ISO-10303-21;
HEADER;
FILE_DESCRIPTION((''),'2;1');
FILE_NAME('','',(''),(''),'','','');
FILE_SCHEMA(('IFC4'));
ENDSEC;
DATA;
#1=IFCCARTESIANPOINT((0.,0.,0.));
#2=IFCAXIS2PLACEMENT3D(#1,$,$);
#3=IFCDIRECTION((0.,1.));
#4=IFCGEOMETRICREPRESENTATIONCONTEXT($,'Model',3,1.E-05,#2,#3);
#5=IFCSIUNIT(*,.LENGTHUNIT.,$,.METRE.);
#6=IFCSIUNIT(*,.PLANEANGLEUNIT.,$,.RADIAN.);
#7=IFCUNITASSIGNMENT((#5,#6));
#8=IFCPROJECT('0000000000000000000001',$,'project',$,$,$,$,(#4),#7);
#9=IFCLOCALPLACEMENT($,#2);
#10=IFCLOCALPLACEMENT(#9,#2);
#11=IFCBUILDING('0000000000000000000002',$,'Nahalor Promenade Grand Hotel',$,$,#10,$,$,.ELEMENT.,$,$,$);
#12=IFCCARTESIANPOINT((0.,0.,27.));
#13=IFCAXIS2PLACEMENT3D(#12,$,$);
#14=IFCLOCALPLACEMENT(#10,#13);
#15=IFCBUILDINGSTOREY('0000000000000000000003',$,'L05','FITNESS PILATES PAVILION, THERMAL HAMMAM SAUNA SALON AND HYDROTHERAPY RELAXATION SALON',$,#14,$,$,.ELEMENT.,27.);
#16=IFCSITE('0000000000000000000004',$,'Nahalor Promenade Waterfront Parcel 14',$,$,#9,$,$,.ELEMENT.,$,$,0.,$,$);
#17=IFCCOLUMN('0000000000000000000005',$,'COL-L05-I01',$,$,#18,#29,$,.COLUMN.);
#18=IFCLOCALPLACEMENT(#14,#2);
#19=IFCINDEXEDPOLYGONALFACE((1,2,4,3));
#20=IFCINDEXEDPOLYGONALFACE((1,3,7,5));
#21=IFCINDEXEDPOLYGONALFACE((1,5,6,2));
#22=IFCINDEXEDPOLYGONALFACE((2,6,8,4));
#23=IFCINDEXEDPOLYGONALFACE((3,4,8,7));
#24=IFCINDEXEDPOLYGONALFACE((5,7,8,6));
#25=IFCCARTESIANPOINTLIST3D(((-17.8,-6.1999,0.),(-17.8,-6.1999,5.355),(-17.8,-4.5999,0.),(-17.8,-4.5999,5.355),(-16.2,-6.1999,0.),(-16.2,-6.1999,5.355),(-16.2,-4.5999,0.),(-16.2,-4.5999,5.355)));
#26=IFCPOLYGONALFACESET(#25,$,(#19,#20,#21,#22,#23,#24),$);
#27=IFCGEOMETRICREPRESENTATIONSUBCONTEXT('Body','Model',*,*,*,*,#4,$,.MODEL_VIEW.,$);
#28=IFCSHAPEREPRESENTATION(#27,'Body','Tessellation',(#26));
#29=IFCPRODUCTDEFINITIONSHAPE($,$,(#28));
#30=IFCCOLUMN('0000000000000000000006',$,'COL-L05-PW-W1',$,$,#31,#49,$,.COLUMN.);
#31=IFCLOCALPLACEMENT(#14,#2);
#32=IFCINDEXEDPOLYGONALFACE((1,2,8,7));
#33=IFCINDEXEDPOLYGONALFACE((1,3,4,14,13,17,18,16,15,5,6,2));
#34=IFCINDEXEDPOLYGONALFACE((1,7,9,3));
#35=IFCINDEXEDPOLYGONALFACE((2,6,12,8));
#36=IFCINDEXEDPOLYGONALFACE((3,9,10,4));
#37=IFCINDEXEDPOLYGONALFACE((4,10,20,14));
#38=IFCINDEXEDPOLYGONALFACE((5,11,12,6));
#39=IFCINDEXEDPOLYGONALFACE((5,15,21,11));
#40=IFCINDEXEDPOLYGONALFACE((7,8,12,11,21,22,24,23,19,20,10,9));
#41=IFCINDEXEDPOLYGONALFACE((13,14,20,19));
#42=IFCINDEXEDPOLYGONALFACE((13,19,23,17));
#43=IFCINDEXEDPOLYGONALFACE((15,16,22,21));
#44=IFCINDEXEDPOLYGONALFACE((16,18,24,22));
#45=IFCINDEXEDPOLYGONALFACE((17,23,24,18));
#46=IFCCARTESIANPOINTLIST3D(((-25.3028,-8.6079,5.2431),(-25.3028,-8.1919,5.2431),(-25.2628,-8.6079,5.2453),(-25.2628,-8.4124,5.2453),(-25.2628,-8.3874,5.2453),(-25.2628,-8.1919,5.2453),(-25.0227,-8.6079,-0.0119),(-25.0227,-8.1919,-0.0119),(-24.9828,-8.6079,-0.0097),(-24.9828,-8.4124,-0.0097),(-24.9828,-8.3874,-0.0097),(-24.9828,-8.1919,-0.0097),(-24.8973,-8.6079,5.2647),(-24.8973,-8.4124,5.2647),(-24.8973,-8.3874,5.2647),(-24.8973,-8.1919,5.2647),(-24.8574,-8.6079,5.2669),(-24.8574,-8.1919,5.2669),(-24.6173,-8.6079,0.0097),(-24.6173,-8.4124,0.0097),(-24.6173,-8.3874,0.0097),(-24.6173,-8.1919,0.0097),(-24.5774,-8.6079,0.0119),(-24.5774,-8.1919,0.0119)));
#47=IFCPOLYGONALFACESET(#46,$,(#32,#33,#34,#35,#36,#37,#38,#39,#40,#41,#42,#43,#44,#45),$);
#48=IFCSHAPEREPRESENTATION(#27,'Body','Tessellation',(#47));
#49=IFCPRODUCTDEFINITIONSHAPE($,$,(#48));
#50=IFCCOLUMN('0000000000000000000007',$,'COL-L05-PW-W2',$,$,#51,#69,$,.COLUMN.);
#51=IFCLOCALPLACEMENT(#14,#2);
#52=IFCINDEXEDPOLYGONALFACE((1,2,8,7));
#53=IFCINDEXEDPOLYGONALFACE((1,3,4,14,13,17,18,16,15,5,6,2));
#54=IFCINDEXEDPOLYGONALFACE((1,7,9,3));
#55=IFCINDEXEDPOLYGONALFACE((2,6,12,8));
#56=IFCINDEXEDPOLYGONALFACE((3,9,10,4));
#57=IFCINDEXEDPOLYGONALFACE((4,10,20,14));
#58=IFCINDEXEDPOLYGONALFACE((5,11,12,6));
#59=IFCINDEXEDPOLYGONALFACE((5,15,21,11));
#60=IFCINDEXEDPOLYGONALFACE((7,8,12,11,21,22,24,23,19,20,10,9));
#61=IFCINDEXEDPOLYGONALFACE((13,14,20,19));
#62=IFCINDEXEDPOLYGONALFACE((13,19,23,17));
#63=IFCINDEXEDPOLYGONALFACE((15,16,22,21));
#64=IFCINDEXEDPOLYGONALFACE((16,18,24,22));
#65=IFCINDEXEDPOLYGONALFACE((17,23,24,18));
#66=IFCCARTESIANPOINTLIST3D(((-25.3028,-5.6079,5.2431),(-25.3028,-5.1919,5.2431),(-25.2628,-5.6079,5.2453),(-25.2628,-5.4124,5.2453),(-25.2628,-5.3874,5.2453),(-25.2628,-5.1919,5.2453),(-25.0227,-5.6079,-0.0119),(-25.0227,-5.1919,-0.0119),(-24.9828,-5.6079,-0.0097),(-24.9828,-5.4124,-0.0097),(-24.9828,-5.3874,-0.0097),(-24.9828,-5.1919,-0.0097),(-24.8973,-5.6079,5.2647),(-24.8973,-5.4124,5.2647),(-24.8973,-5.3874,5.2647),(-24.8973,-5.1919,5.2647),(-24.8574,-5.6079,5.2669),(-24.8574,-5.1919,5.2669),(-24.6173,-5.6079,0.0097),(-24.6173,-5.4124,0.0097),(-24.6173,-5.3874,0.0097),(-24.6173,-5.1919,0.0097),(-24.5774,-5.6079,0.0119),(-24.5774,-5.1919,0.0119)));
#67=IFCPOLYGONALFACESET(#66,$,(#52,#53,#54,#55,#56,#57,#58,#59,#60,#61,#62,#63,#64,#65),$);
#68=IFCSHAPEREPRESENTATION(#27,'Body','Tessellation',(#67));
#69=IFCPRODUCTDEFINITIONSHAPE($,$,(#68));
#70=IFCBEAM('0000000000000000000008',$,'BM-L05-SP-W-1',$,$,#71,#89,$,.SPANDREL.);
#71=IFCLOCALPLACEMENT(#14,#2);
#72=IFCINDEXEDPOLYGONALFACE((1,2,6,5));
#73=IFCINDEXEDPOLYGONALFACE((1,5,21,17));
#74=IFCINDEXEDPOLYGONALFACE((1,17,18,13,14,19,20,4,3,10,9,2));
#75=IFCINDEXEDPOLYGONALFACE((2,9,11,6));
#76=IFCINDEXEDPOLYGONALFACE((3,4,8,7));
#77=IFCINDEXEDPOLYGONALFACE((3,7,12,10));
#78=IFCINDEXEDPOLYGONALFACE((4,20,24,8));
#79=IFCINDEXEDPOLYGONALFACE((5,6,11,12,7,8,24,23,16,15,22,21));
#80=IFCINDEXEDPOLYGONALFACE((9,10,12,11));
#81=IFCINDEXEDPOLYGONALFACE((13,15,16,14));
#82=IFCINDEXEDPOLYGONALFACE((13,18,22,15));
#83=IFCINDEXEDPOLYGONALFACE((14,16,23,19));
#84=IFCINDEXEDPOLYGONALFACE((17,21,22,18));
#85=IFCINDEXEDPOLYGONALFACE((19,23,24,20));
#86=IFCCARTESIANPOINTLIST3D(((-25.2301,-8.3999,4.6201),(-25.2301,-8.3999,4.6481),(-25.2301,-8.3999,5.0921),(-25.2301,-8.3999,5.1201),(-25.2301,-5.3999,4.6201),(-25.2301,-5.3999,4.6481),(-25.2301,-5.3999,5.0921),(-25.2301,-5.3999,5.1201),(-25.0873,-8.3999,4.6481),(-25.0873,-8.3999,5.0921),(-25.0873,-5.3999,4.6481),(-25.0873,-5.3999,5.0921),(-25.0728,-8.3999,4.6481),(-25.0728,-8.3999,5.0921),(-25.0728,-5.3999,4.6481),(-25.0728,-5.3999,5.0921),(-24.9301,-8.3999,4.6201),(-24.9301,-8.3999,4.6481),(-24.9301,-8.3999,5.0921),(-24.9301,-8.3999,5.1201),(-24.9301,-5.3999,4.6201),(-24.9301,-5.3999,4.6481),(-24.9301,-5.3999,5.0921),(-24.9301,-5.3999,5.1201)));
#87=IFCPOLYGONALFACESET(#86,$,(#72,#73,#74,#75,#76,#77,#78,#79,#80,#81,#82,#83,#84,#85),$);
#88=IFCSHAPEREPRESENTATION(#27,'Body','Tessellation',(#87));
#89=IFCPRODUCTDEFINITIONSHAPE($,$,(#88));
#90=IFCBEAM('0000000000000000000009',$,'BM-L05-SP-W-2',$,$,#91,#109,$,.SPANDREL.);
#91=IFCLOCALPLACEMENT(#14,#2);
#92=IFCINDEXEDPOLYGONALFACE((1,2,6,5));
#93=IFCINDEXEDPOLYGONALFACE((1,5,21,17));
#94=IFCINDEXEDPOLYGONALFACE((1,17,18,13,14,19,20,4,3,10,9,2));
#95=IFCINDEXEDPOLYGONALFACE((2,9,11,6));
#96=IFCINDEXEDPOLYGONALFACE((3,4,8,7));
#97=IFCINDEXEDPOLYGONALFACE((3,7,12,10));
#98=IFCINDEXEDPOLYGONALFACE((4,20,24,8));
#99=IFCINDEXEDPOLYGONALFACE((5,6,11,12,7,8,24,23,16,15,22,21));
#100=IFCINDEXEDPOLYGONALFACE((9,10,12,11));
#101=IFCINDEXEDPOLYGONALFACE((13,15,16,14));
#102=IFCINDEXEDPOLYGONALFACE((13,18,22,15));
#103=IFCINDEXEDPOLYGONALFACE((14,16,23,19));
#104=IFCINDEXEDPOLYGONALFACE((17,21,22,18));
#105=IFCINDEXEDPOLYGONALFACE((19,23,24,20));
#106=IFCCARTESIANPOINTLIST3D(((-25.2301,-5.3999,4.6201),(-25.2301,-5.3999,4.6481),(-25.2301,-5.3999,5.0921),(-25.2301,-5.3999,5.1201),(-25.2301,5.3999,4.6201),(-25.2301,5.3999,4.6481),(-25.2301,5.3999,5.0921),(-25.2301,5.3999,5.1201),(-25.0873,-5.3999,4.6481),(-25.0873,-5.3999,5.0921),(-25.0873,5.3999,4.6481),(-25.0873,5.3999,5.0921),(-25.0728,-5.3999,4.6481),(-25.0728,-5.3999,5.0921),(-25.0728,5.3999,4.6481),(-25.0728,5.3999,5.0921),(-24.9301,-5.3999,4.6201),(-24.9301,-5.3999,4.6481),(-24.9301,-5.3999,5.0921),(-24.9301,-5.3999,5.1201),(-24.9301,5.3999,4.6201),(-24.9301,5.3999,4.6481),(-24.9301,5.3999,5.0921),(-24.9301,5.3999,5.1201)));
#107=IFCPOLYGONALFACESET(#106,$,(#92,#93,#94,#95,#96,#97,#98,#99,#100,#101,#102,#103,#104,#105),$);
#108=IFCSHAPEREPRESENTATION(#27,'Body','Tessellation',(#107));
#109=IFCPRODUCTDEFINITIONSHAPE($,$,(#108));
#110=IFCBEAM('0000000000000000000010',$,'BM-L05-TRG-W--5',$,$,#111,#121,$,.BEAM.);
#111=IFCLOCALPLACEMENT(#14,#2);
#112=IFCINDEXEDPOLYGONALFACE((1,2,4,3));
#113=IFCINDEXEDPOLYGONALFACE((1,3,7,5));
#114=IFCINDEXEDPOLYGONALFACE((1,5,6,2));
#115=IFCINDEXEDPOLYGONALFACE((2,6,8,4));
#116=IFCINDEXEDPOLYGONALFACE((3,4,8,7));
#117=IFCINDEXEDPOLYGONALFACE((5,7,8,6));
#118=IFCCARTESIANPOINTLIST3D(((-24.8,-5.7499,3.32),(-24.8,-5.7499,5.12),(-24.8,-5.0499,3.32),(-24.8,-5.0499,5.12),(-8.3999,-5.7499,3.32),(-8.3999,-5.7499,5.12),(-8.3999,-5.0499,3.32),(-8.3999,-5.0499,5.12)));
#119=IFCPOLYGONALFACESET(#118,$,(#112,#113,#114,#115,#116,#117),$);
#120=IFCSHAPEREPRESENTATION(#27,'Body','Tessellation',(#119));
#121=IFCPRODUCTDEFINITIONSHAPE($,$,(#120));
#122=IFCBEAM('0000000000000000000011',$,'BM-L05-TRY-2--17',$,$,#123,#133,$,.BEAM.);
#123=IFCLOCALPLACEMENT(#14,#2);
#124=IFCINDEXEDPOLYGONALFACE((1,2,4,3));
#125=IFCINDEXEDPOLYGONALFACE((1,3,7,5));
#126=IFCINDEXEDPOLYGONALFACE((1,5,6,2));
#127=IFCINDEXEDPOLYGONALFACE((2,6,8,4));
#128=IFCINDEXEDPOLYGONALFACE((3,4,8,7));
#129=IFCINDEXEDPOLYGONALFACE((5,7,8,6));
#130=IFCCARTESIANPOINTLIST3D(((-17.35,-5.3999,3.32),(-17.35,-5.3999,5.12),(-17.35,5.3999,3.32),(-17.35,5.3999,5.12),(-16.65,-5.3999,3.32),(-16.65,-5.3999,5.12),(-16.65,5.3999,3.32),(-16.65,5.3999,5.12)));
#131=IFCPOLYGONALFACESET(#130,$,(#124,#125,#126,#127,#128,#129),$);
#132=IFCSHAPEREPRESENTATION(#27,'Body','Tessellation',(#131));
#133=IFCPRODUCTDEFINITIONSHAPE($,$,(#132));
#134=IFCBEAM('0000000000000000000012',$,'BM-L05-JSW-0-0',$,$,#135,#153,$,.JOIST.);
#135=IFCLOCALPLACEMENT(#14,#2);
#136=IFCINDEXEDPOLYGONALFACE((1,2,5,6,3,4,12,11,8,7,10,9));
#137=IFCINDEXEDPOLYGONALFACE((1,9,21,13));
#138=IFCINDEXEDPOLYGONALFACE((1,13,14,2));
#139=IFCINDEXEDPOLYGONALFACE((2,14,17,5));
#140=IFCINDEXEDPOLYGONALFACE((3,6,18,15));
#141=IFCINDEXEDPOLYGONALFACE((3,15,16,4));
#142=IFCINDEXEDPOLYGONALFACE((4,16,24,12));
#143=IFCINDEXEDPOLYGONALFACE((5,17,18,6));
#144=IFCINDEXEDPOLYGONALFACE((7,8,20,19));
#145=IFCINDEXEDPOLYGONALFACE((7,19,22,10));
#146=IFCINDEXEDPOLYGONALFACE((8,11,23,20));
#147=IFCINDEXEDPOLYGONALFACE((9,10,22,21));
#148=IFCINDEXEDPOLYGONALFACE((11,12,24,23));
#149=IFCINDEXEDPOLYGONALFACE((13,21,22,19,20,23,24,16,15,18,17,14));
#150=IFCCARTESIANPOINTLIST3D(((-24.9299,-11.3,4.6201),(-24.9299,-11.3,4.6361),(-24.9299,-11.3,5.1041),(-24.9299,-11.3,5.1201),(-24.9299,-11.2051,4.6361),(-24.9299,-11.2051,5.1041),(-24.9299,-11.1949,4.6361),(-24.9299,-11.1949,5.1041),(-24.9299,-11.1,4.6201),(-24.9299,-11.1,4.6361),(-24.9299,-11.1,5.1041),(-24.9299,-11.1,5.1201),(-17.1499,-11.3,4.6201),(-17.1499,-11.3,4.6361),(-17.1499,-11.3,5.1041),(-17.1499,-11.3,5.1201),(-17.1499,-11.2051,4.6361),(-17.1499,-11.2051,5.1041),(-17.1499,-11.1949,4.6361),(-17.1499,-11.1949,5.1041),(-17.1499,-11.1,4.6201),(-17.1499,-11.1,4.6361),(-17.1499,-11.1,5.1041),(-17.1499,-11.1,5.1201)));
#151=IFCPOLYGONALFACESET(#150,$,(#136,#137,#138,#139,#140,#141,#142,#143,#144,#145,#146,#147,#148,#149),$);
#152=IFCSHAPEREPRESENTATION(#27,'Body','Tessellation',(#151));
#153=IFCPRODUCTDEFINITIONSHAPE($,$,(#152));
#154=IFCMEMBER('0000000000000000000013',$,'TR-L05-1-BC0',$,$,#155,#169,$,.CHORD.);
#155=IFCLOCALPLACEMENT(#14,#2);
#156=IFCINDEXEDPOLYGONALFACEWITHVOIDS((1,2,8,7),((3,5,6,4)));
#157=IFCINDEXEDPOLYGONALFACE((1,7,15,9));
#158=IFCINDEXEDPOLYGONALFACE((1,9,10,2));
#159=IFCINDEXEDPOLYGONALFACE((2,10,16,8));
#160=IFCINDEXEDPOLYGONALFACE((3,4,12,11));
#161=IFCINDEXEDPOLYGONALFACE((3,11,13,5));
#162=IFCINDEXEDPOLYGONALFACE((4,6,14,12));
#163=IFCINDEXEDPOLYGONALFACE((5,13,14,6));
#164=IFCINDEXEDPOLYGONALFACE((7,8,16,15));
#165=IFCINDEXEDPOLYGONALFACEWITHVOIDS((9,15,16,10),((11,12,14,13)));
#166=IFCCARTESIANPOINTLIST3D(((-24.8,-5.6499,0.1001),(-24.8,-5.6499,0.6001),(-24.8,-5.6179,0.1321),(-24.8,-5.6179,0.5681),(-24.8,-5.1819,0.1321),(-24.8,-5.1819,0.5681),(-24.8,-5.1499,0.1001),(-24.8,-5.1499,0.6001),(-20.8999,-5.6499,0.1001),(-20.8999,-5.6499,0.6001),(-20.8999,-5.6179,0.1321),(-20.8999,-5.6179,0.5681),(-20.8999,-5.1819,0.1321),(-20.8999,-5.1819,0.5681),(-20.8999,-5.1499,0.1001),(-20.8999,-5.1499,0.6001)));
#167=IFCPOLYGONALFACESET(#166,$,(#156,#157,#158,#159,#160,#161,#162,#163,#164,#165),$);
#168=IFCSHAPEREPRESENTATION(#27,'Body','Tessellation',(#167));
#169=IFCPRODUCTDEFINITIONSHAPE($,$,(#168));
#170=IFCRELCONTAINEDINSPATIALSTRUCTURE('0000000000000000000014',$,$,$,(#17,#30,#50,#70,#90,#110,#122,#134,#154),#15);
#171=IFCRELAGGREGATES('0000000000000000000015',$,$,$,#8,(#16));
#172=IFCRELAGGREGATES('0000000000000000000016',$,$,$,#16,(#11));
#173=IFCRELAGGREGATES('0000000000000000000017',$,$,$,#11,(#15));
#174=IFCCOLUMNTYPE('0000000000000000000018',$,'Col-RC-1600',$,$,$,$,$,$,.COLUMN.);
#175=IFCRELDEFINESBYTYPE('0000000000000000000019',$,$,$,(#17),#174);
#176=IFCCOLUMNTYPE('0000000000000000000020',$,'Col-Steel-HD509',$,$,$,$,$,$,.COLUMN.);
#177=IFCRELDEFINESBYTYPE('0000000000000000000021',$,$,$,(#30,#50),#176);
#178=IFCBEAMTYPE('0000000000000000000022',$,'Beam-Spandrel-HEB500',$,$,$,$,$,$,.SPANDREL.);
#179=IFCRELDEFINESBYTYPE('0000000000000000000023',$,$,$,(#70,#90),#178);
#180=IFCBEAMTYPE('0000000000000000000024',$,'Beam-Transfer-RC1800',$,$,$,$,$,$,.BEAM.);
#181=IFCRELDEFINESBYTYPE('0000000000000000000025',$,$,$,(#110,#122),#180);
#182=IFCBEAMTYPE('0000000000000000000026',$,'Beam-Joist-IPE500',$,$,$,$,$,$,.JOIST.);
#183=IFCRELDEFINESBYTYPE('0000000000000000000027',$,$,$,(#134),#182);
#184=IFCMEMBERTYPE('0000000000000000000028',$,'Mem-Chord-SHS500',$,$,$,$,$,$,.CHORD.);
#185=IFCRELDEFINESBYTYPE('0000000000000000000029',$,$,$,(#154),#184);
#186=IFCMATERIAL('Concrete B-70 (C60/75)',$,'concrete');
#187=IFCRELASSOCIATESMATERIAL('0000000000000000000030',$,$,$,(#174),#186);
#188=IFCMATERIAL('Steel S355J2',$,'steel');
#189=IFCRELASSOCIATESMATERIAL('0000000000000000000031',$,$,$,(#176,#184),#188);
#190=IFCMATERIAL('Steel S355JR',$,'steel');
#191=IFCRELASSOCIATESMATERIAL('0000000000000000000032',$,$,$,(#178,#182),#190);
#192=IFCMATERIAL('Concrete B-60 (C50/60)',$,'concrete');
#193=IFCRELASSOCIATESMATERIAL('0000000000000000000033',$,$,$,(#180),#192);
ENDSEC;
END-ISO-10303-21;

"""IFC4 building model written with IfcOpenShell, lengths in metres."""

from ifc_helpers import new_model, si_unit, direction, frame, origin, origin_2d, place, context, subcontext, project, spatial, rectangle, hollow_rectangle, i_section, extrude, source, transform, mapped, material, material_profile, profile_set, type_object, element, save


model = new_model("IFC4")

# Units and contexts
model_context = context("Model", 3, precision=1e-05, world=origin(), true_north=direction((0.0, 1.0)))
body_context = subcontext(model_context, "Body", "Model", "MODEL_VIEW")
ifc_project = project(units=[si_unit("LENGTHUNIT", "METRE"), si_unit("PLANEANGLEUNIT", "RADIAN")], contexts=[model_context])

# Site, building, storey
site_placement = place(None, origin())
site = spatial("IfcSite", under=ifc_project, at=site_placement, Name="Nahalor Promenade Waterfront Parcel 14", CompositionType="ELEMENT", RefElevation=0.0)
building_placement = place(site_placement, origin())
building = spatial("IfcBuilding", under=site, at=building_placement, Name="Nahalor Promenade Grand Hotel", CompositionType="ELEMENT")
storey_placement = place(building_placement, frame((0.0, 0.0, 27.0)))
storey = spatial("IfcBuildingStorey", under=building, at=storey_placement, Name="L05", Description="FITNESS PILATES PAVILION, THERMAL HAMMAM SAUNA SALON AND HYDROTHERAPY RELAXATION SALON", CompositionType="ELEMENT", Elevation=27.0)

# Columns
ifc_material_1 = material(Name="Concrete B-70 (C60/75)", Category="concrete")
ifc_material_profile_1 = material_profile(ifc_material_1, rectangle(XDim=1.6, YDim=1.6, at=origin_2d()), Name="RC 1600x1600")
ifc_profile_set_1 = profile_set([ifc_material_profile_1], Name="Concrete B-70 (C60/75)")
column_type_1 = type_object("IfcColumnType", Name="Col-RC-1600", PredefinedType="COLUMN", material=ifc_profile_set_1)
shared_shape_1 = source(origin(), body_context, "Body", "SweptSolid", [
    extrude(rectangle(XDim=1.6, YDim=1.6, at=origin_2d()), origin(), (0.0, 0.0, 1.0), 5.355),
])
column_placement = place(storey_placement, frame((-17.0, -5.3999, 0.0), z_axis=(0.0, 0.0, 1.0), x_axis=(1.0, 0.0, 0.0)))
element("IfcColumn", 1, at=column_placement, inside=storey, type_object=column_type_1, Name="COL-L05-I01", PredefinedType="COLUMN", context=body_context, shape_type="MappedRepresentation", body=[
    mapped(shared_shape_1, transform((0.0, 0.0, 0.0), scale=1.0)),
])
ifc_material_2 = material(Name="Steel S355J2", Category="steel")
ifc_material_profile_2 = material_profile(ifc_material_2, i_section(OverallWidth=0.416, OverallDepth=0.446, WebThickness=0.025, FlangeThickness=0.04, at=origin_2d()), Name="HD 400x509")
ifc_profile_set_2 = profile_set([ifc_material_profile_2], Name="Steel S355J2")
column_type_2 = type_object("IfcColumnType", Name="Col-Steel-HD509", PredefinedType="COLUMN", material=ifc_profile_set_2)
shared_shape_2 = source(origin(), body_context, "Body", "SweptSolid", [
    extrude(i_section(OverallWidth=0.416, OverallDepth=0.446, WebThickness=0.025, FlangeThickness=0.04, at=origin_2d()), origin(), (0.0, 0.0, 1.0), 5.2625),
])
for number, where, z_axis, x_axis, name in (
    (2, (-24.8, -8.3999, 0.0), (-0.053214, 0.0, 0.998583), (0.0, -1.0, 0.0), "COL-L05-PW-W1"),
    (3, (-24.8, -5.3999, 0.0), (-0.053214, 0.0, 0.998583), (0.0, -1.0, 0.0), "COL-L05-PW-W2"),
):
    element("IfcColumn", number, at=place(storey_placement, frame(where, z_axis=z_axis, x_axis=x_axis)), inside=storey, type_object=column_type_2, Name=name, PredefinedType="COLUMN", context=body_context, shape_type="MappedRepresentation", body=[
        mapped(shared_shape_2, transform((0.0, 0.0, 0.0), scale=1.0)),
    ])

# Beams
ifc_material_3 = material(Name="Steel S355JR", Category="steel")
ifc_material_profile_3 = material_profile(ifc_material_3, i_section(OverallWidth=0.3, OverallDepth=0.5, WebThickness=0.0145, FlangeThickness=0.028, at=origin_2d()), Name="HEB 500")
ifc_profile_set_3 = profile_set([ifc_material_profile_3], Name="Steel S355JR")
beam_type_1 = type_object("IfcBeamType", Name="Beam-Spandrel-HEB500", PredefinedType="SPANDREL", material=ifc_profile_set_3)
shared_shape_3 = source(origin(), body_context, "Body", "SweptSolid", [
    extrude(i_section(OverallWidth=0.3, OverallDepth=0.5, WebThickness=0.0145, FlangeThickness=0.028, at=origin_2d()), origin(), (0.0, 0.0, 1.0), 3.0),
])
beam_1_placement = place(storey_placement, frame((-25.0801, -8.3999, 4.8701), z_axis=(0.0, 1.0, 0.0), x_axis=(-1.0, 0.0, 0.0)))
element("IfcBeam", 4, at=beam_1_placement, inside=storey, type_object=beam_type_1, Name="BM-L05-SP-W-1", PredefinedType="SPANDREL", context=body_context, shape_type="MappedRepresentation", body=[
    mapped(shared_shape_3, transform((0.0, 0.0, 0.0), scale=1.0)),
])
shared_shape_4 = source(origin(), body_context, "Body", "SweptSolid", [
    extrude(i_section(OverallWidth=0.3, OverallDepth=0.5, WebThickness=0.0145, FlangeThickness=0.028, at=origin_2d()), origin(), (0.0, 0.0, 1.0), 10.7998),
])
beam_2_placement = place(storey_placement, frame((-25.0801, -5.3999, 4.8701), z_axis=(0.0, 1.0, 0.0), x_axis=(-1.0, 0.0, 0.0)))
element("IfcBeam", 5, at=beam_2_placement, inside=storey, type_object=beam_type_1, Name="BM-L05-SP-W-2", PredefinedType="SPANDREL", context=body_context, shape_type="MappedRepresentation", body=[
    mapped(shared_shape_4, transform((0.0, 0.0, 0.0), scale=1.0)),
])
ifc_material_4 = material(Name="Concrete B-60 (C50/60)", Category="concrete")
ifc_material_profile_4 = material_profile(ifc_material_4, rectangle(XDim=0.7, YDim=1.8, at=origin_2d()), Name="RC 700x1800")
ifc_profile_set_4 = profile_set([ifc_material_profile_4], Name="Concrete B-60 (C50/60)")
beam_type_2 = type_object("IfcBeamType", Name="Beam-Transfer-RC1800", PredefinedType="BEAM", material=ifc_profile_set_4)
shared_shape_5 = source(origin(), body_context, "Body", "SweptSolid", [
    extrude(rectangle(XDim=0.7, YDim=1.8, at=origin_2d()), origin(), (0.0, 0.0, 1.0), 16.4001),
])
beam_3_placement = place(storey_placement, frame((-24.8, -5.3999, 4.22), z_axis=(1.0, 0.0, 0.0), x_axis=(0.0, 1.0, 0.0)))
element("IfcBeam", 6, at=beam_3_placement, inside=storey, type_object=beam_type_2, Name="BM-L05-TRG-W--5", PredefinedType="BEAM", context=body_context, shape_type="MappedRepresentation", body=[
    mapped(shared_shape_5, transform((0.0, 0.0, 0.0), scale=1.0)),
])
shared_shape_6 = source(origin(), body_context, "Body", "SweptSolid", [
    extrude(rectangle(XDim=0.7, YDim=1.8, at=origin_2d()), origin(), (0.0, 0.0, 1.0), 10.7998),
])
beam_4_placement = place(storey_placement, frame((-17.0, -5.3999, 4.22), z_axis=(0.0, 1.0, 0.0), x_axis=(-1.0, 0.0, 0.0)))
element("IfcBeam", 7, at=beam_4_placement, inside=storey, type_object=beam_type_2, Name="BM-L05-TRY-2--17", PredefinedType="BEAM", context=body_context, shape_type="MappedRepresentation", body=[
    mapped(shared_shape_6, transform((0.0, 0.0, 0.0), scale=1.0)),
])
ifc_material_profile_5 = material_profile(ifc_material_3, i_section(OverallWidth=0.2, OverallDepth=0.5, WebThickness=0.0102, FlangeThickness=0.016, at=origin_2d()), Name="IPE 500")
ifc_profile_set_5 = profile_set([ifc_material_profile_5], Name="Steel S355JR")
beam_type_3 = type_object("IfcBeamType", Name="Beam-Joist-IPE500", PredefinedType="JOIST", material=ifc_profile_set_5)
shared_shape_7 = source(origin(), body_context, "Body", "SweptSolid", [
    extrude(i_section(OverallWidth=0.2, OverallDepth=0.5, WebThickness=0.0102, FlangeThickness=0.016, at=origin_2d()), origin(), (0.0, 0.0, 1.0), 7.78),
])
beam_5_placement = place(storey_placement, frame((-24.9299, -11.2, 4.8701), z_axis=(1.0, 0.0, 0.0), x_axis=(0.0, 1.0, 0.0)))
element("IfcBeam", 8, at=beam_5_placement, inside=storey, type_object=beam_type_3, Name="BM-L05-JSW-0-0", PredefinedType="JOIST", context=body_context, shape_type="MappedRepresentation", body=[
    mapped(shared_shape_7, transform((0.0, 0.0, 0.0), scale=1.0)),
])

# Member
ifc_material_profile_6 = material_profile(ifc_material_2, hollow_rectangle(XDim=0.5, YDim=0.5, WallThickness=0.032, at=origin_2d()), Name="SHS 500x500x32")
ifc_profile_set_6 = profile_set([ifc_material_profile_6], Name="Steel S355J2")
member_type_1 = type_object("IfcMemberType", Name="Mem-Chord-SHS500", PredefinedType="CHORD", material=ifc_profile_set_6)
shared_shape_8 = source(origin(), body_context, "Body", "SweptSolid", [
    extrude(hollow_rectangle(XDim=0.5, YDim=0.5, WallThickness=0.032, at=origin_2d()), origin(), (0.0, 0.0, 1.0), 3.9001),
])
member_1_placement = place(storey_placement, frame((-24.8, -5.3999, 0.3501), z_axis=(1.0, 0.0, 0.0), x_axis=(0.0, 1.0, 0.0)))
element("IfcMember", 9, at=member_1_placement, inside=storey, type_object=member_type_1, Name="TR-L05-1-BC0", PredefinedType="CHORD", context=body_context, shape_type="MappedRepresentation", body=[
    mapped(shared_shape_8, transform((0.0, 0.0, 0.0), scale=1.0)),
])

save(model, "model.ifc")
